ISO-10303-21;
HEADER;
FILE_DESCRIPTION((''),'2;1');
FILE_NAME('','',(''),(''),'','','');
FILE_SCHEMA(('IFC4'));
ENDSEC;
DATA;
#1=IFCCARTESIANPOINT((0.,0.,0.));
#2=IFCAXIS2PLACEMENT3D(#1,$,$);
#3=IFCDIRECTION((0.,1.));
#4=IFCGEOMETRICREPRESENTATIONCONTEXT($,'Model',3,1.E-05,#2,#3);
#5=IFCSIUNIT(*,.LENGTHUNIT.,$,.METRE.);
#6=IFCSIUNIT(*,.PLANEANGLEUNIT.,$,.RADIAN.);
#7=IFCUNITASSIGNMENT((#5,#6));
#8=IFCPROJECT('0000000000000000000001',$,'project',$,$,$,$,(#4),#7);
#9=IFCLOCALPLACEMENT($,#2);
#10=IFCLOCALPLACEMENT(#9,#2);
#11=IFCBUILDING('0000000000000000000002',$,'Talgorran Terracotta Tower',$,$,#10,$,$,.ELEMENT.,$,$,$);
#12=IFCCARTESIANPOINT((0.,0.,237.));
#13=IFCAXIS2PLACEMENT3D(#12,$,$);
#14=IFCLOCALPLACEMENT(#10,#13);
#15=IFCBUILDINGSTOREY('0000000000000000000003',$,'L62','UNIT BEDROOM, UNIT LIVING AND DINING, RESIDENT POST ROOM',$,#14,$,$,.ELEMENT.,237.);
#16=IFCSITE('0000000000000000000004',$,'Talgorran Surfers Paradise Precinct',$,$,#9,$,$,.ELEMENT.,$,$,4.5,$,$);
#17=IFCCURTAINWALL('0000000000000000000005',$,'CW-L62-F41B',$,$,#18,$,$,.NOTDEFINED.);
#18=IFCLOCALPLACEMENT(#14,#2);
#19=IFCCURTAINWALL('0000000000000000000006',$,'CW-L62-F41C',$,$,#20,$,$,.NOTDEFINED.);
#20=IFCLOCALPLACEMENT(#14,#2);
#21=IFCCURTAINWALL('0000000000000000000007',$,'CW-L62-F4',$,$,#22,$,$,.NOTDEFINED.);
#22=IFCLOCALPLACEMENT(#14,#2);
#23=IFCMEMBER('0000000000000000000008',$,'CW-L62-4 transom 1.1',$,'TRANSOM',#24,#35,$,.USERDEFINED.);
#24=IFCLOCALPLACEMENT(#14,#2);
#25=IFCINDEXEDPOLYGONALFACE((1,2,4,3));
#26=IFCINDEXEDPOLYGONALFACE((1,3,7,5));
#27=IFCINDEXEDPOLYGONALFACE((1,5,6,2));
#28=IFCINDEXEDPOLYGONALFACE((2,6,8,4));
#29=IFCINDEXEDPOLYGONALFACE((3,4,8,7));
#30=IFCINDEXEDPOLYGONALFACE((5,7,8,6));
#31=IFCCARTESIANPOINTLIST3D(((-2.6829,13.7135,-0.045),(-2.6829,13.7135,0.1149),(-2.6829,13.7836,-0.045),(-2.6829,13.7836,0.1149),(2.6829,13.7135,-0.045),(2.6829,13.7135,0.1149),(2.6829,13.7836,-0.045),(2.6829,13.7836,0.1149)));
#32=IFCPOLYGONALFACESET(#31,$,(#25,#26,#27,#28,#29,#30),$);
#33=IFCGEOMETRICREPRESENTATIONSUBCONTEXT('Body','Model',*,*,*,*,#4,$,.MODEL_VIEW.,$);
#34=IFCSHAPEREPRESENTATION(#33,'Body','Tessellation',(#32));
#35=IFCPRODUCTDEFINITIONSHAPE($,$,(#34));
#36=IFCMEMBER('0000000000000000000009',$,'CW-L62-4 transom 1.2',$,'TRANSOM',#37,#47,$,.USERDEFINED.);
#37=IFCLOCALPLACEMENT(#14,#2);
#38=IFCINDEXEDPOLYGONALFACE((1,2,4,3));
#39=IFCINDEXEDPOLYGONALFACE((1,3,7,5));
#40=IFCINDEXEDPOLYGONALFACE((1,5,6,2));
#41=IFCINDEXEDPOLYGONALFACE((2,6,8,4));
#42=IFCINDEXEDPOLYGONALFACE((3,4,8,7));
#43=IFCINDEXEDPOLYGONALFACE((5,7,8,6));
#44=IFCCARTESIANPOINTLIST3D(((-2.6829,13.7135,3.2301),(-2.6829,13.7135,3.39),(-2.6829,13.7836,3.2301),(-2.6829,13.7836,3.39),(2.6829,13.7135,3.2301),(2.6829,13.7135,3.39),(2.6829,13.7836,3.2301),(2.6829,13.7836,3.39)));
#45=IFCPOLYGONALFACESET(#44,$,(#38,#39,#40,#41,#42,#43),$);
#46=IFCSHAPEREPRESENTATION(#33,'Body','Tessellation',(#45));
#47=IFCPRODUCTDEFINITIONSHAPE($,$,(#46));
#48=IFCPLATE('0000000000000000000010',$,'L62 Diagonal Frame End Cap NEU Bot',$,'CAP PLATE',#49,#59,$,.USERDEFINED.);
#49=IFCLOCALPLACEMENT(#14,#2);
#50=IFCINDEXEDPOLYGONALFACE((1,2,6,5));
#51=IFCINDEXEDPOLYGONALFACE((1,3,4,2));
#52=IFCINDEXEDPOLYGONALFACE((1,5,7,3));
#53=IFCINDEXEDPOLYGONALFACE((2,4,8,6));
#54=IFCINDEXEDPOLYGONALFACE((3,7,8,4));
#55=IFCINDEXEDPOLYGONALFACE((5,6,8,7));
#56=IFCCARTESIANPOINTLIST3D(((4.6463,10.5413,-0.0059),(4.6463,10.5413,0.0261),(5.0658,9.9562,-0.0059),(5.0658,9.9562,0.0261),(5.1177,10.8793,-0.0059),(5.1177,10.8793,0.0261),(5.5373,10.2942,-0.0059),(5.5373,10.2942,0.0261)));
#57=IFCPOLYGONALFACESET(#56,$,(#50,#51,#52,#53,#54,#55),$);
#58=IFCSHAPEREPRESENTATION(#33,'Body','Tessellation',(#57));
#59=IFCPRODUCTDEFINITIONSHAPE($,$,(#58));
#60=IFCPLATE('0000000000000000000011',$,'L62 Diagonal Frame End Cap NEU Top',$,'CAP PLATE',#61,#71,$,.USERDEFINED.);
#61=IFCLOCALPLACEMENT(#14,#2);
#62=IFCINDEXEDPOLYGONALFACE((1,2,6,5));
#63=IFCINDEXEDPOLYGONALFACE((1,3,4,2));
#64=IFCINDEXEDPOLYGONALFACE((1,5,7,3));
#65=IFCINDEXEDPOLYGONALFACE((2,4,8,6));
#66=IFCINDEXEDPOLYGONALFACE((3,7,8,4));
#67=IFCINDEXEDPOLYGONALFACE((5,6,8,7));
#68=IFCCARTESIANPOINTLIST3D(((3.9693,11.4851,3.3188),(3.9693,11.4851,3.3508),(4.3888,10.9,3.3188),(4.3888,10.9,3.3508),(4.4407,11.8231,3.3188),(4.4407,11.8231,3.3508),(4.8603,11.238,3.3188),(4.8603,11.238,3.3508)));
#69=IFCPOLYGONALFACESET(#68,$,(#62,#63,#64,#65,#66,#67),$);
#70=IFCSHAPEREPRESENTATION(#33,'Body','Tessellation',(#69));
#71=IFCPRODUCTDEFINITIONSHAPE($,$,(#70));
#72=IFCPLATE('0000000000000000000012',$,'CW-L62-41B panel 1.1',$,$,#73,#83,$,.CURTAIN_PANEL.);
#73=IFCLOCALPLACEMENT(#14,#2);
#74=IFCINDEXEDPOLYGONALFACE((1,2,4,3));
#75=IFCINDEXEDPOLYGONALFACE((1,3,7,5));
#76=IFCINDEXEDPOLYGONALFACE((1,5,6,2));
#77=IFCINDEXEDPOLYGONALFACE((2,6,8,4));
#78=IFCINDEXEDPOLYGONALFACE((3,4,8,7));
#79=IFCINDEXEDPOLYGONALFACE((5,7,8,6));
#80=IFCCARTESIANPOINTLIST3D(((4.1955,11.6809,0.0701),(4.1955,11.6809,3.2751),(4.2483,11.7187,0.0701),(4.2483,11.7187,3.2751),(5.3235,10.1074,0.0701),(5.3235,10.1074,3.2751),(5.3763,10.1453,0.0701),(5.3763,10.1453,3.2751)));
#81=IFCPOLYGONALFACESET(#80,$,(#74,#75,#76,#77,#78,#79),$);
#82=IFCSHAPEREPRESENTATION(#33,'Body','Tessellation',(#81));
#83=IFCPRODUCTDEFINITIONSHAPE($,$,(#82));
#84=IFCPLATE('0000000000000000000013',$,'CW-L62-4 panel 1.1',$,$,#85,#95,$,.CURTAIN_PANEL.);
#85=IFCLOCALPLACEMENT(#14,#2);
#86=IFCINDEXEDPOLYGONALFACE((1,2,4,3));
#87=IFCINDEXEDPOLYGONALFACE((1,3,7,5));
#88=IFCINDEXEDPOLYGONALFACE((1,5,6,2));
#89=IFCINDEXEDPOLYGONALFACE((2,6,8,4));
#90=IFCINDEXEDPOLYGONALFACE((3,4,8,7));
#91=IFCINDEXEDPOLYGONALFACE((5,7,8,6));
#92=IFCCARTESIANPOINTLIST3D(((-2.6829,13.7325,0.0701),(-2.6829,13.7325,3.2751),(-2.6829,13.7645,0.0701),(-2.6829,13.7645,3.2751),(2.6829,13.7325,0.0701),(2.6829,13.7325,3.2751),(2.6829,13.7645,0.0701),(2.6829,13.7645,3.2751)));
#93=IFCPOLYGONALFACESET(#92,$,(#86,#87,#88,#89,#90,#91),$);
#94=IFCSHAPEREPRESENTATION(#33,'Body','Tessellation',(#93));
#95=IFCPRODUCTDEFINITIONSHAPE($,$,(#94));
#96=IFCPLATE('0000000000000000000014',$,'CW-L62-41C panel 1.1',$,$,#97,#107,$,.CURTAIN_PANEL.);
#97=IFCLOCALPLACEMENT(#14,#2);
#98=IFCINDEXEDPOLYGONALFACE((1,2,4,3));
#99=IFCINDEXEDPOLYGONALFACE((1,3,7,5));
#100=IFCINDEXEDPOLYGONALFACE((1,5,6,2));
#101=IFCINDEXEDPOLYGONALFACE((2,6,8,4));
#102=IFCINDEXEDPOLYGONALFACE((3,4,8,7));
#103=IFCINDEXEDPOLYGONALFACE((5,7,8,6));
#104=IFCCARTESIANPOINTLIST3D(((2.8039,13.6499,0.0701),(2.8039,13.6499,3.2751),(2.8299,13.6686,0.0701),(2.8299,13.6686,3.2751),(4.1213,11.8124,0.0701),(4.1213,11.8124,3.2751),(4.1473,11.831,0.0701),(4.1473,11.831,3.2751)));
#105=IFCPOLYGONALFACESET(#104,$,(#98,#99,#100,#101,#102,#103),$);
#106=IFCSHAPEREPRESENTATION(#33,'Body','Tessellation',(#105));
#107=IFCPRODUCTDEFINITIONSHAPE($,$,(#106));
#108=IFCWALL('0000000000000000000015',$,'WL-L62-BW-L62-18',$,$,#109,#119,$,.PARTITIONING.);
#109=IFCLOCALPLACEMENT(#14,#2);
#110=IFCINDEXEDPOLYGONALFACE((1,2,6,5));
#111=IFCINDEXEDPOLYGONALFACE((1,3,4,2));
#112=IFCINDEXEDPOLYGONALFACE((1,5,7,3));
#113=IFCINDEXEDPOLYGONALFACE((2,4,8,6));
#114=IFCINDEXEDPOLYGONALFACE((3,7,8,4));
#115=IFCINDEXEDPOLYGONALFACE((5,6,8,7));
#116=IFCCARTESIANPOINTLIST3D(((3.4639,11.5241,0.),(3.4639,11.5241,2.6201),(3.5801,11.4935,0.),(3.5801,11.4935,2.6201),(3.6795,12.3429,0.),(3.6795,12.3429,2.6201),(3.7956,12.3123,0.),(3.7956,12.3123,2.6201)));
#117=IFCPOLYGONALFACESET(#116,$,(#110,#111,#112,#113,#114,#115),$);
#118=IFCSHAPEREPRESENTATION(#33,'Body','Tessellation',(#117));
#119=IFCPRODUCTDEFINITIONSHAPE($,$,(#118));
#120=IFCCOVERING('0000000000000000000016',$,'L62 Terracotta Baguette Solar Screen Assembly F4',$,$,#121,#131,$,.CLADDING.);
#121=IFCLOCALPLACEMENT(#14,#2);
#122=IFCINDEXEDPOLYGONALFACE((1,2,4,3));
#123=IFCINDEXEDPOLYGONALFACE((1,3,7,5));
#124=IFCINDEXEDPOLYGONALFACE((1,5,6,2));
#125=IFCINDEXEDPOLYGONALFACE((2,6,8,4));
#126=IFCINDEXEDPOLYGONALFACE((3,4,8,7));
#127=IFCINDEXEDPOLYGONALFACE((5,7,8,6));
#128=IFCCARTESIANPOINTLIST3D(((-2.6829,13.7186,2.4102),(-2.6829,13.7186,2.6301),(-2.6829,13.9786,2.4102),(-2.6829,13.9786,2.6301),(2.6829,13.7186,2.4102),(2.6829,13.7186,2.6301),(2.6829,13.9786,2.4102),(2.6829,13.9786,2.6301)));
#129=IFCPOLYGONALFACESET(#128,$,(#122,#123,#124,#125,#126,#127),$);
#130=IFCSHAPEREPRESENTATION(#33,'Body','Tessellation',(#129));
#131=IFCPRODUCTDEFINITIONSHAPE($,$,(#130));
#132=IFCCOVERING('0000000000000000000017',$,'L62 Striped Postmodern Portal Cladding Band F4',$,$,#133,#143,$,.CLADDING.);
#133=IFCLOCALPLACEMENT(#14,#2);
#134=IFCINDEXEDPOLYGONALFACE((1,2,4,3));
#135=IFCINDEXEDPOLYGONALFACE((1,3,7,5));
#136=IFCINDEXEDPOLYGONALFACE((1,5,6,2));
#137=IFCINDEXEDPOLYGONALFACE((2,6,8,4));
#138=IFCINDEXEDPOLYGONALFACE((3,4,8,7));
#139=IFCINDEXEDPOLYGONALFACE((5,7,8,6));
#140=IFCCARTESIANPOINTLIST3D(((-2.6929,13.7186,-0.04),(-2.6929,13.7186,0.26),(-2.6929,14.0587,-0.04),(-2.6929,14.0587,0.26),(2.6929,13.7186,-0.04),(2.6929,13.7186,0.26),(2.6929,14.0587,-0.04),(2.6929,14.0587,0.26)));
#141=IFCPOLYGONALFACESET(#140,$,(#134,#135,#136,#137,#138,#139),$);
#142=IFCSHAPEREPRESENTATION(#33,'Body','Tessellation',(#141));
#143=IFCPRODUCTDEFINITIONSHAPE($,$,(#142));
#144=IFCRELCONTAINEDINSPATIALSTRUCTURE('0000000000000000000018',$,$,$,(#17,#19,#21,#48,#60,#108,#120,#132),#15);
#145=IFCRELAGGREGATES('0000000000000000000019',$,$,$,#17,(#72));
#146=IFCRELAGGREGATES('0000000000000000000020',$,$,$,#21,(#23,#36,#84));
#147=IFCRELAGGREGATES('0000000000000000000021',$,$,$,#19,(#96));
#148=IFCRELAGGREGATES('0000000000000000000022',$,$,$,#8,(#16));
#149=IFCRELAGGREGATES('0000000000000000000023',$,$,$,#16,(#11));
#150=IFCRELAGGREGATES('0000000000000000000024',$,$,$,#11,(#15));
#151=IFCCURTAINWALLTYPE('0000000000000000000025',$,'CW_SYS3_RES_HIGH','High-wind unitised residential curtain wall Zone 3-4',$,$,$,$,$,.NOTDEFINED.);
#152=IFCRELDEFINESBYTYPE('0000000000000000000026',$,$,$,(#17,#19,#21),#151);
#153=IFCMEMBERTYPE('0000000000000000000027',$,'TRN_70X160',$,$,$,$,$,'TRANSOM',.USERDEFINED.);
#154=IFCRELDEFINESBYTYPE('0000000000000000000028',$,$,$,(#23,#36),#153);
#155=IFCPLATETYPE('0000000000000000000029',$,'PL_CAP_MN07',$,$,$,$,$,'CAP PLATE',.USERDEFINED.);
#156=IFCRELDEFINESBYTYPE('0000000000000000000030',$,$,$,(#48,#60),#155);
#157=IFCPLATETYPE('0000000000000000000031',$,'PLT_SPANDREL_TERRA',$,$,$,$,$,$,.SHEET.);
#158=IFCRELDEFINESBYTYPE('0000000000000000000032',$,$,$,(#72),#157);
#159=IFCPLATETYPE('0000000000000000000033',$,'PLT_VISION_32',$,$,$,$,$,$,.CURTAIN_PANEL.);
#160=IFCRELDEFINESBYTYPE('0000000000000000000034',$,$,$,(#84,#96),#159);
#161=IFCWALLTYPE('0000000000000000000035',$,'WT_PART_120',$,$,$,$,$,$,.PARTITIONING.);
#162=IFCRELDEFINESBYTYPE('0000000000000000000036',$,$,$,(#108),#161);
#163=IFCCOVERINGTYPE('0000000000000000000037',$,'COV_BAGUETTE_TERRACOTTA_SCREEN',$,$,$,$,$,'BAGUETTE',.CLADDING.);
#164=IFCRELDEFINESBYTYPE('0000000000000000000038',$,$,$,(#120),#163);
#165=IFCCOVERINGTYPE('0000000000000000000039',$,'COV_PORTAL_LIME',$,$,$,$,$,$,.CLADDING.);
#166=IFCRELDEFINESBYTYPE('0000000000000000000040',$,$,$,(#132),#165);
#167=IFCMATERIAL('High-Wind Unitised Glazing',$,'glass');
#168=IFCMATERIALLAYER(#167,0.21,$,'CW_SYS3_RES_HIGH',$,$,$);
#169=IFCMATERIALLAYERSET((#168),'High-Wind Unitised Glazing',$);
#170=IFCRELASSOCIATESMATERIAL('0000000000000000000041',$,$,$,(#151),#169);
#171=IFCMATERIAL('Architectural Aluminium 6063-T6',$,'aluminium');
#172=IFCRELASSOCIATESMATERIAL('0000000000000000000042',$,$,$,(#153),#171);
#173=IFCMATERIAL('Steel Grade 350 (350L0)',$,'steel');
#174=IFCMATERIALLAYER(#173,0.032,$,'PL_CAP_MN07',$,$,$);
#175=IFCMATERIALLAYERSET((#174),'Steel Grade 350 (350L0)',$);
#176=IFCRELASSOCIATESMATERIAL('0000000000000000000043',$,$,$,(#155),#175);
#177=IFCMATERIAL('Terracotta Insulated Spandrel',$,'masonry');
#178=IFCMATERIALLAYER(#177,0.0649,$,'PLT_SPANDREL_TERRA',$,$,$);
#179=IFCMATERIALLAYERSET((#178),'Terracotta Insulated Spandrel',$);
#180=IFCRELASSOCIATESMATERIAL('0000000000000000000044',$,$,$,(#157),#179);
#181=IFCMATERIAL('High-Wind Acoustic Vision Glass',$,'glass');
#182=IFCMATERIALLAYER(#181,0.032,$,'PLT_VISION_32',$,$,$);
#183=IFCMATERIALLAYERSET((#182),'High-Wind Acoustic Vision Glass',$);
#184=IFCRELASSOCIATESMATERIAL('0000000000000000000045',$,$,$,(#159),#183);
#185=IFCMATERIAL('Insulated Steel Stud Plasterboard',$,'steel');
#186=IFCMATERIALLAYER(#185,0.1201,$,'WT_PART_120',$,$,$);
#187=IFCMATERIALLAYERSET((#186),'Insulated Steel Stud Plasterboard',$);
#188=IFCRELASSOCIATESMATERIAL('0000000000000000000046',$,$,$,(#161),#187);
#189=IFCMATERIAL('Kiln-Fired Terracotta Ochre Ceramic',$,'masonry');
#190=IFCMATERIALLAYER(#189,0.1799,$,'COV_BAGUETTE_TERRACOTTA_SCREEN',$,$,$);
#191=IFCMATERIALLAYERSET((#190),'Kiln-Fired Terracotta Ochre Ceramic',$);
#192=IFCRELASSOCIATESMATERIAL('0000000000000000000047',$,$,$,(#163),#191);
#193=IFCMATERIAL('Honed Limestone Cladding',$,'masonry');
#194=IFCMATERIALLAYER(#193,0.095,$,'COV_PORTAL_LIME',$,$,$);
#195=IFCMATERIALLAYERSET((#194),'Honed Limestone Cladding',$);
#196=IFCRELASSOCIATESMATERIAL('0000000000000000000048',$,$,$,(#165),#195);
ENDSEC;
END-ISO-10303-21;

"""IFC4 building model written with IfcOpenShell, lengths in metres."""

from ifc_helpers import new_model, si_unit, direction, frame, frame_2d, origin, origin_2d, place, context, subcontext, project, spatial, rectangle, extrude, source, transform, mapped, material, layer, layer_set, material_profile, profile_set, type_object, type_shapes, element, aggregate, save


model = new_model("IFC4")

# Units and contexts
model_context = context("Model", 3, precision=1e-05, world=origin(), true_north=direction((0.0, 1.0)))
body_context = subcontext(model_context, "Body", "Model", "MODEL_VIEW")
ifc_project = project(units=[si_unit("LENGTHUNIT", "METRE"), si_unit("PLANEANGLEUNIT", "RADIAN")], contexts=[model_context])

# Site, building, storey
site_placement = place(None, origin())
site = spatial("IfcSite", under=ifc_project, at=site_placement, Name="Talgorran Surfers Paradise Precinct", CompositionType="ELEMENT", RefElevation=4.5)
building_placement = place(site_placement, origin())
building = spatial("IfcBuilding", under=site, at=building_placement, Name="Talgorran Terracotta Tower", CompositionType="ELEMENT")
storey_placement = place(building_placement, frame((0.0, 0.0, 237.0)))
storey = spatial("IfcBuildingStorey", under=building, at=storey_placement, Name="L62", Description="UNIT BEDROOM, UNIT LIVING AND DINING, RESIDENT POST ROOM", CompositionType="ELEMENT", Elevation=237.0)

# Shared definitions
ifc_material_1 = material(Name="Steel Grade 350 (350L0)", Category="steel")

# Curtain walls
ifc_material_2 = material(Name="High-Wind Unitised Glazing", Category="glass")
ifc_layer_1 = layer(ifc_material_2, 0.21, Name="CW_SYS3_RES_HIGH")
ifc_layer_set_1 = layer_set([ifc_layer_1], Name="High-Wind Unitised Glazing")
curtain_wall_type = type_object("IfcCurtainWallType", Name="CW_SYS3_RES_HIGH", Description="High-wind unitised residential curtain wall Zone 3-4", PredefinedType="NOTDEFINED", material=ifc_layer_set_1)
curtain_wall_1_placement = place(storey_placement, origin())
curtain_wall_1 = element("IfcCurtainWall", 1, at=curtain_wall_1_placement, inside=storey, type_object=curtain_wall_type, Name="CW-L62-F41B", PredefinedType="NOTDEFINED")
ifc_material_3 = material(Name="Architectural Aluminium 6063-T6", Category="aluminium")
curtain_wall_2_placement = place(storey_placement, origin())
curtain_wall_2 = element("IfcCurtainWall", 2, at=curtain_wall_2_placement, inside=storey, type_object=curtain_wall_type, Name="CW-L62-F41C", PredefinedType="NOTDEFINED")

# Curtain wall
curtain_wall_3_placement = place(storey_placement, origin())
curtain_wall_3 = element("IfcCurtainWall", 3, at=curtain_wall_3_placement, inside=storey, type_object=curtain_wall_type, Name="CW-L62-F4", PredefinedType="NOTDEFINED")

# Members
ifc_material_profile_1 = material_profile(ifc_material_3, rectangle(XDim=0.0701, YDim=0.1599, at=origin_2d()), Name="CWT70X160")
ifc_profile_set_1 = profile_set([ifc_material_profile_1], Name="Architectural Aluminium 6063-T6")
member_type_1 = type_object("IfcMemberType", Name="TRN_70X160", ElementType="TRANSOM", PredefinedType="USERDEFINED", material=ifc_profile_set_1)
member_1_placement = place(storey_placement, frame((2.6829, 13.7485, 0.0349), z_axis=(-1.0, 0.0, 0.0), x_axis=(0.0, -1.0, 0.0)))
member_1 = element("IfcMember", 4, at=member_1_placement, type_object=member_type_1, Name="CW-L62-4 transom 1.1", ObjectType="TRANSOM", PredefinedType="USERDEFINED", context=body_context, shape_type="SweptSolid", body=[
    extrude(rectangle(XDim=0.0701, YDim=0.1599, at=origin_2d()), origin(), (0.0, 0.0, 1.0), 5.3657),
])
member_2_placement = place(storey_placement, frame((2.6829, 13.7485, 3.3101), z_axis=(-1.0, 0.0, 0.0), x_axis=(0.0, -1.0, 0.0)))
member_2 = element("IfcMember", 5, at=member_2_placement, type_object=member_type_1, Name="CW-L62-4 transom 1.2", ObjectType="TRANSOM", PredefinedType="USERDEFINED", context=body_context, shape_type="SweptSolid", body=[
    extrude(rectangle(XDim=0.0701, YDim=0.1599, at=origin_2d()), origin(), (0.0, 0.0, 1.0), 5.3657),
])

# Plates
ifc_layer_2 = layer(ifc_material_1, 0.032, Name="PL_CAP_MN07")
ifc_layer_set_2 = layer_set([ifc_layer_2], Name="Steel Grade 350 (350L0)")
plate_type_1 = type_object("IfcPlateType", Name="PL_CAP_MN07", ElementType="CAP PLATE", PredefinedType="USERDEFINED", material=ifc_layer_set_2)
for number, where, z_axis, x_axis, name in (
    (6, (5.0918, 10.4177, -0.0059), (0.0, 0.0, 1.0), (-0.58269, 0.812694, 0.0), "L62 Diagonal Frame End Cap NEU Bot"),
    (7, (4.4148, 11.3616, 3.3188), (0.0, 0.0, 1.0), (-0.58269, 0.812694, 0.0), "L62 Diagonal Frame End Cap NEU Top"),
):
    element("IfcPlate", number, at=place(storey_placement, frame(where, z_axis=z_axis, x_axis=x_axis)), inside=storey, type_object=plate_type_1, Name=name, ObjectType="CAP PLATE", PredefinedType="USERDEFINED", context=body_context, shape_type="SweptSolid", body=[
        extrude(rectangle(XDim=0.72, YDim=0.5801, at=origin_2d()), origin(), (0.0, 0.0, 1.0), 0.032),
    ])

# Plates
ifc_material_4 = material(Name="Terracotta Insulated Spandrel", Category="masonry")
ifc_layer_3 = layer(ifc_material_4, 0.0649, Name="PLT_SPANDREL_TERRA")
ifc_layer_set_3 = layer_set([ifc_layer_3], Name="Terracotta Insulated Spandrel")
plate_type_2 = type_object("IfcPlateType", Name="PLT_SPANDREL_TERRA", PredefinedType="SHEET", material=ifc_layer_set_3)
shared_shape_1 = source(origin(), body_context, "Body", "SweptSolid", [
    extrude(rectangle(XDim=1.936, YDim=0.0649, at=origin_2d()), origin(), (0.0, 0.0, 1.0), 3.2051),
])
type_shapes(plate_type_2, [shared_shape_1])
plate_1_placement = place(storey_placement, frame((4.7859, 10.9131, 0.0701), z_axis=(0.0, 0.0, 1.0), x_axis=(-0.582659, 0.812717, 0.0)))
plate_1 = element("IfcPlate", 8, at=plate_1_placement, type_object=plate_type_2, Name="CW-L62-41B panel 1.1", PredefinedType="CURTAIN_PANEL", context=body_context, shape_type="MappedRepresentation", body=[
    mapped(shared_shape_1, transform((0.0, 0.0, 0.0), scale=1.0)),
])
aggregate(curtain_wall_1, [plate_1])
ifc_material_5 = material(Name="High-Wind Acoustic Vision Glass", Category="glass")
ifc_layer_4 = layer(ifc_material_5, 0.032, Name="PLT_VISION_32")
ifc_layer_set_4 = layer_set([ifc_layer_4], Name="High-Wind Acoustic Vision Glass")
plate_type_3 = type_object("IfcPlateType", Name="PLT_VISION_32", PredefinedType="CURTAIN_PANEL", material=ifc_layer_set_4)
shared_shape_2 = source(origin(), body_context, "Body", "SweptSolid", [
    extrude(rectangle(XDim=5.3657, YDim=0.032, at=origin_2d()), origin(), (0.0, 0.0, 1.0), 3.2051),
])
plate_2_placement = place(storey_placement, frame((0.0, 13.7485, 0.0701), z_axis=(0.0, 0.0, 1.0), x_axis=(-1.0, 0.0, 0.0)))
plate_2 = element("IfcPlate", 9, at=plate_2_placement, type_object=plate_type_3, Name="CW-L62-4 panel 1.1", PredefinedType="CURTAIN_PANEL", context=body_context, shape_type="MappedRepresentation", body=[
    mapped(shared_shape_2, transform((0.0, 0.0, 0.0), scale=1.0)),
])
aggregate(curtain_wall_3, [member_1, member_2, plate_2])
shared_shape_3 = source(origin(), body_context, "Body", "SweptSolid", [
    extrude(rectangle(XDim=2.261, YDim=0.032, at=origin_2d()), origin(), (0.0, 0.0, 1.0), 3.2051),
])
type_shapes(plate_type_3, [shared_shape_2, shared_shape_3])
plate_3_placement = place(storey_placement, frame((3.4756, 12.7405, 0.0701), z_axis=(0.0, 0.0, 1.0), x_axis=(-0.582656, 0.812719, 0.0)))
plate_3 = element("IfcPlate", 10, at=plate_3_placement, type_object=plate_type_3, Name="CW-L62-41C panel 1.1", PredefinedType="CURTAIN_PANEL", context=body_context, shape_type="MappedRepresentation", body=[
    mapped(shared_shape_3, transform((0.0, 0.0, 0.0), scale=1.0)),
])
aggregate(curtain_wall_2, [plate_3])

# Wall
ifc_material_6 = material(Name="Insulated Steel Stud Plasterboard", Category="steel")
ifc_layer_5 = layer(ifc_material_6, 0.1201, Name="WT_PART_120")
ifc_layer_set_5 = layer_set([ifc_layer_5], Name="Insulated Steel Stud Plasterboard")
wall_type = type_object("IfcWallType", Name="WT_PART_120", PredefinedType="PARTITIONING", material=ifc_layer_set_5)
wall_placement = place(storey_placement, frame((3.522, 11.5088, 0.0), z_axis=(0.0, 0.0, 1.0), x_axis=(0.254593, 0.967048, 0.0)))
element("IfcWall", 11, at=wall_placement, inside=storey, type_object=wall_type, Name="WL-L62-BW-L62-18", PredefinedType="PARTITIONING", context=body_context, shape_type="SweptSolid", body=[
    extrude(rectangle(XDim=0.8467, YDim=0.1201, at=frame_2d((0.4233, 0.0))), origin(), (0.0, 0.0, 1.0), 2.6201),
])

# Coverings
ifc_material_7 = material(Name="Kiln-Fired Terracotta Ochre Ceramic", Category="masonry")
ifc_layer_6 = layer(ifc_material_7, 0.1799, Name="COV_BAGUETTE_TERRACOTTA_SCREEN")
ifc_layer_set_6 = layer_set([ifc_layer_6], Name="Kiln-Fired Terracotta Ochre Ceramic")
covering_type_1 = type_object("IfcCoveringType", Name="COV_BAGUETTE_TERRACOTTA_SCREEN", ElementType="BAGUETTE", PredefinedType="CLADDING", material=ifc_layer_set_6)
covering_1_placement = place(storey_placement, frame((0.0, 13.8486, 2.4102), z_axis=(0.0, 0.0, 1.0), x_axis=(-1.0, 0.0, 0.0)))
element("IfcCovering", 12, at=covering_1_placement, inside=storey, type_object=covering_type_1, Name="L62 Terracotta Baguette Solar Screen Assembly F4", PredefinedType="CLADDING", context=body_context, shape_type="SweptSolid", body=[
    extrude(rectangle(XDim=5.3657, YDim=0.26, at=origin_2d()), origin(), (0.0, 0.0, 1.0), 0.22),
])
ifc_material_8 = material(Name="Honed Limestone Cladding", Category="masonry")
ifc_layer_7 = layer(ifc_material_8, 0.095, Name="COV_PORTAL_LIME")
ifc_layer_set_7 = layer_set([ifc_layer_7], Name="Honed Limestone Cladding")
covering_type_2 = type_object("IfcCoveringType", Name="COV_PORTAL_LIME", PredefinedType="CLADDING", material=ifc_layer_set_7)
covering_2_placement = place(storey_placement, frame((0.0, 13.8887, -0.04), z_axis=(0.0, 0.0, 1.0), x_axis=(-1.0, 0.0, 0.0)))
element("IfcCovering", 13, at=covering_2_placement, inside=storey, type_object=covering_type_2, Name="L62 Striped Postmodern Portal Cladding Band F4", PredefinedType="CLADDING", context=body_context, shape_type="SweptSolid", body=[
    extrude(rectangle(XDim=5.3857, YDim=0.3401, at=origin_2d()), origin(), (0.0, 0.0, 1.0), 0.3),
])

save(model, "model.ifc")
